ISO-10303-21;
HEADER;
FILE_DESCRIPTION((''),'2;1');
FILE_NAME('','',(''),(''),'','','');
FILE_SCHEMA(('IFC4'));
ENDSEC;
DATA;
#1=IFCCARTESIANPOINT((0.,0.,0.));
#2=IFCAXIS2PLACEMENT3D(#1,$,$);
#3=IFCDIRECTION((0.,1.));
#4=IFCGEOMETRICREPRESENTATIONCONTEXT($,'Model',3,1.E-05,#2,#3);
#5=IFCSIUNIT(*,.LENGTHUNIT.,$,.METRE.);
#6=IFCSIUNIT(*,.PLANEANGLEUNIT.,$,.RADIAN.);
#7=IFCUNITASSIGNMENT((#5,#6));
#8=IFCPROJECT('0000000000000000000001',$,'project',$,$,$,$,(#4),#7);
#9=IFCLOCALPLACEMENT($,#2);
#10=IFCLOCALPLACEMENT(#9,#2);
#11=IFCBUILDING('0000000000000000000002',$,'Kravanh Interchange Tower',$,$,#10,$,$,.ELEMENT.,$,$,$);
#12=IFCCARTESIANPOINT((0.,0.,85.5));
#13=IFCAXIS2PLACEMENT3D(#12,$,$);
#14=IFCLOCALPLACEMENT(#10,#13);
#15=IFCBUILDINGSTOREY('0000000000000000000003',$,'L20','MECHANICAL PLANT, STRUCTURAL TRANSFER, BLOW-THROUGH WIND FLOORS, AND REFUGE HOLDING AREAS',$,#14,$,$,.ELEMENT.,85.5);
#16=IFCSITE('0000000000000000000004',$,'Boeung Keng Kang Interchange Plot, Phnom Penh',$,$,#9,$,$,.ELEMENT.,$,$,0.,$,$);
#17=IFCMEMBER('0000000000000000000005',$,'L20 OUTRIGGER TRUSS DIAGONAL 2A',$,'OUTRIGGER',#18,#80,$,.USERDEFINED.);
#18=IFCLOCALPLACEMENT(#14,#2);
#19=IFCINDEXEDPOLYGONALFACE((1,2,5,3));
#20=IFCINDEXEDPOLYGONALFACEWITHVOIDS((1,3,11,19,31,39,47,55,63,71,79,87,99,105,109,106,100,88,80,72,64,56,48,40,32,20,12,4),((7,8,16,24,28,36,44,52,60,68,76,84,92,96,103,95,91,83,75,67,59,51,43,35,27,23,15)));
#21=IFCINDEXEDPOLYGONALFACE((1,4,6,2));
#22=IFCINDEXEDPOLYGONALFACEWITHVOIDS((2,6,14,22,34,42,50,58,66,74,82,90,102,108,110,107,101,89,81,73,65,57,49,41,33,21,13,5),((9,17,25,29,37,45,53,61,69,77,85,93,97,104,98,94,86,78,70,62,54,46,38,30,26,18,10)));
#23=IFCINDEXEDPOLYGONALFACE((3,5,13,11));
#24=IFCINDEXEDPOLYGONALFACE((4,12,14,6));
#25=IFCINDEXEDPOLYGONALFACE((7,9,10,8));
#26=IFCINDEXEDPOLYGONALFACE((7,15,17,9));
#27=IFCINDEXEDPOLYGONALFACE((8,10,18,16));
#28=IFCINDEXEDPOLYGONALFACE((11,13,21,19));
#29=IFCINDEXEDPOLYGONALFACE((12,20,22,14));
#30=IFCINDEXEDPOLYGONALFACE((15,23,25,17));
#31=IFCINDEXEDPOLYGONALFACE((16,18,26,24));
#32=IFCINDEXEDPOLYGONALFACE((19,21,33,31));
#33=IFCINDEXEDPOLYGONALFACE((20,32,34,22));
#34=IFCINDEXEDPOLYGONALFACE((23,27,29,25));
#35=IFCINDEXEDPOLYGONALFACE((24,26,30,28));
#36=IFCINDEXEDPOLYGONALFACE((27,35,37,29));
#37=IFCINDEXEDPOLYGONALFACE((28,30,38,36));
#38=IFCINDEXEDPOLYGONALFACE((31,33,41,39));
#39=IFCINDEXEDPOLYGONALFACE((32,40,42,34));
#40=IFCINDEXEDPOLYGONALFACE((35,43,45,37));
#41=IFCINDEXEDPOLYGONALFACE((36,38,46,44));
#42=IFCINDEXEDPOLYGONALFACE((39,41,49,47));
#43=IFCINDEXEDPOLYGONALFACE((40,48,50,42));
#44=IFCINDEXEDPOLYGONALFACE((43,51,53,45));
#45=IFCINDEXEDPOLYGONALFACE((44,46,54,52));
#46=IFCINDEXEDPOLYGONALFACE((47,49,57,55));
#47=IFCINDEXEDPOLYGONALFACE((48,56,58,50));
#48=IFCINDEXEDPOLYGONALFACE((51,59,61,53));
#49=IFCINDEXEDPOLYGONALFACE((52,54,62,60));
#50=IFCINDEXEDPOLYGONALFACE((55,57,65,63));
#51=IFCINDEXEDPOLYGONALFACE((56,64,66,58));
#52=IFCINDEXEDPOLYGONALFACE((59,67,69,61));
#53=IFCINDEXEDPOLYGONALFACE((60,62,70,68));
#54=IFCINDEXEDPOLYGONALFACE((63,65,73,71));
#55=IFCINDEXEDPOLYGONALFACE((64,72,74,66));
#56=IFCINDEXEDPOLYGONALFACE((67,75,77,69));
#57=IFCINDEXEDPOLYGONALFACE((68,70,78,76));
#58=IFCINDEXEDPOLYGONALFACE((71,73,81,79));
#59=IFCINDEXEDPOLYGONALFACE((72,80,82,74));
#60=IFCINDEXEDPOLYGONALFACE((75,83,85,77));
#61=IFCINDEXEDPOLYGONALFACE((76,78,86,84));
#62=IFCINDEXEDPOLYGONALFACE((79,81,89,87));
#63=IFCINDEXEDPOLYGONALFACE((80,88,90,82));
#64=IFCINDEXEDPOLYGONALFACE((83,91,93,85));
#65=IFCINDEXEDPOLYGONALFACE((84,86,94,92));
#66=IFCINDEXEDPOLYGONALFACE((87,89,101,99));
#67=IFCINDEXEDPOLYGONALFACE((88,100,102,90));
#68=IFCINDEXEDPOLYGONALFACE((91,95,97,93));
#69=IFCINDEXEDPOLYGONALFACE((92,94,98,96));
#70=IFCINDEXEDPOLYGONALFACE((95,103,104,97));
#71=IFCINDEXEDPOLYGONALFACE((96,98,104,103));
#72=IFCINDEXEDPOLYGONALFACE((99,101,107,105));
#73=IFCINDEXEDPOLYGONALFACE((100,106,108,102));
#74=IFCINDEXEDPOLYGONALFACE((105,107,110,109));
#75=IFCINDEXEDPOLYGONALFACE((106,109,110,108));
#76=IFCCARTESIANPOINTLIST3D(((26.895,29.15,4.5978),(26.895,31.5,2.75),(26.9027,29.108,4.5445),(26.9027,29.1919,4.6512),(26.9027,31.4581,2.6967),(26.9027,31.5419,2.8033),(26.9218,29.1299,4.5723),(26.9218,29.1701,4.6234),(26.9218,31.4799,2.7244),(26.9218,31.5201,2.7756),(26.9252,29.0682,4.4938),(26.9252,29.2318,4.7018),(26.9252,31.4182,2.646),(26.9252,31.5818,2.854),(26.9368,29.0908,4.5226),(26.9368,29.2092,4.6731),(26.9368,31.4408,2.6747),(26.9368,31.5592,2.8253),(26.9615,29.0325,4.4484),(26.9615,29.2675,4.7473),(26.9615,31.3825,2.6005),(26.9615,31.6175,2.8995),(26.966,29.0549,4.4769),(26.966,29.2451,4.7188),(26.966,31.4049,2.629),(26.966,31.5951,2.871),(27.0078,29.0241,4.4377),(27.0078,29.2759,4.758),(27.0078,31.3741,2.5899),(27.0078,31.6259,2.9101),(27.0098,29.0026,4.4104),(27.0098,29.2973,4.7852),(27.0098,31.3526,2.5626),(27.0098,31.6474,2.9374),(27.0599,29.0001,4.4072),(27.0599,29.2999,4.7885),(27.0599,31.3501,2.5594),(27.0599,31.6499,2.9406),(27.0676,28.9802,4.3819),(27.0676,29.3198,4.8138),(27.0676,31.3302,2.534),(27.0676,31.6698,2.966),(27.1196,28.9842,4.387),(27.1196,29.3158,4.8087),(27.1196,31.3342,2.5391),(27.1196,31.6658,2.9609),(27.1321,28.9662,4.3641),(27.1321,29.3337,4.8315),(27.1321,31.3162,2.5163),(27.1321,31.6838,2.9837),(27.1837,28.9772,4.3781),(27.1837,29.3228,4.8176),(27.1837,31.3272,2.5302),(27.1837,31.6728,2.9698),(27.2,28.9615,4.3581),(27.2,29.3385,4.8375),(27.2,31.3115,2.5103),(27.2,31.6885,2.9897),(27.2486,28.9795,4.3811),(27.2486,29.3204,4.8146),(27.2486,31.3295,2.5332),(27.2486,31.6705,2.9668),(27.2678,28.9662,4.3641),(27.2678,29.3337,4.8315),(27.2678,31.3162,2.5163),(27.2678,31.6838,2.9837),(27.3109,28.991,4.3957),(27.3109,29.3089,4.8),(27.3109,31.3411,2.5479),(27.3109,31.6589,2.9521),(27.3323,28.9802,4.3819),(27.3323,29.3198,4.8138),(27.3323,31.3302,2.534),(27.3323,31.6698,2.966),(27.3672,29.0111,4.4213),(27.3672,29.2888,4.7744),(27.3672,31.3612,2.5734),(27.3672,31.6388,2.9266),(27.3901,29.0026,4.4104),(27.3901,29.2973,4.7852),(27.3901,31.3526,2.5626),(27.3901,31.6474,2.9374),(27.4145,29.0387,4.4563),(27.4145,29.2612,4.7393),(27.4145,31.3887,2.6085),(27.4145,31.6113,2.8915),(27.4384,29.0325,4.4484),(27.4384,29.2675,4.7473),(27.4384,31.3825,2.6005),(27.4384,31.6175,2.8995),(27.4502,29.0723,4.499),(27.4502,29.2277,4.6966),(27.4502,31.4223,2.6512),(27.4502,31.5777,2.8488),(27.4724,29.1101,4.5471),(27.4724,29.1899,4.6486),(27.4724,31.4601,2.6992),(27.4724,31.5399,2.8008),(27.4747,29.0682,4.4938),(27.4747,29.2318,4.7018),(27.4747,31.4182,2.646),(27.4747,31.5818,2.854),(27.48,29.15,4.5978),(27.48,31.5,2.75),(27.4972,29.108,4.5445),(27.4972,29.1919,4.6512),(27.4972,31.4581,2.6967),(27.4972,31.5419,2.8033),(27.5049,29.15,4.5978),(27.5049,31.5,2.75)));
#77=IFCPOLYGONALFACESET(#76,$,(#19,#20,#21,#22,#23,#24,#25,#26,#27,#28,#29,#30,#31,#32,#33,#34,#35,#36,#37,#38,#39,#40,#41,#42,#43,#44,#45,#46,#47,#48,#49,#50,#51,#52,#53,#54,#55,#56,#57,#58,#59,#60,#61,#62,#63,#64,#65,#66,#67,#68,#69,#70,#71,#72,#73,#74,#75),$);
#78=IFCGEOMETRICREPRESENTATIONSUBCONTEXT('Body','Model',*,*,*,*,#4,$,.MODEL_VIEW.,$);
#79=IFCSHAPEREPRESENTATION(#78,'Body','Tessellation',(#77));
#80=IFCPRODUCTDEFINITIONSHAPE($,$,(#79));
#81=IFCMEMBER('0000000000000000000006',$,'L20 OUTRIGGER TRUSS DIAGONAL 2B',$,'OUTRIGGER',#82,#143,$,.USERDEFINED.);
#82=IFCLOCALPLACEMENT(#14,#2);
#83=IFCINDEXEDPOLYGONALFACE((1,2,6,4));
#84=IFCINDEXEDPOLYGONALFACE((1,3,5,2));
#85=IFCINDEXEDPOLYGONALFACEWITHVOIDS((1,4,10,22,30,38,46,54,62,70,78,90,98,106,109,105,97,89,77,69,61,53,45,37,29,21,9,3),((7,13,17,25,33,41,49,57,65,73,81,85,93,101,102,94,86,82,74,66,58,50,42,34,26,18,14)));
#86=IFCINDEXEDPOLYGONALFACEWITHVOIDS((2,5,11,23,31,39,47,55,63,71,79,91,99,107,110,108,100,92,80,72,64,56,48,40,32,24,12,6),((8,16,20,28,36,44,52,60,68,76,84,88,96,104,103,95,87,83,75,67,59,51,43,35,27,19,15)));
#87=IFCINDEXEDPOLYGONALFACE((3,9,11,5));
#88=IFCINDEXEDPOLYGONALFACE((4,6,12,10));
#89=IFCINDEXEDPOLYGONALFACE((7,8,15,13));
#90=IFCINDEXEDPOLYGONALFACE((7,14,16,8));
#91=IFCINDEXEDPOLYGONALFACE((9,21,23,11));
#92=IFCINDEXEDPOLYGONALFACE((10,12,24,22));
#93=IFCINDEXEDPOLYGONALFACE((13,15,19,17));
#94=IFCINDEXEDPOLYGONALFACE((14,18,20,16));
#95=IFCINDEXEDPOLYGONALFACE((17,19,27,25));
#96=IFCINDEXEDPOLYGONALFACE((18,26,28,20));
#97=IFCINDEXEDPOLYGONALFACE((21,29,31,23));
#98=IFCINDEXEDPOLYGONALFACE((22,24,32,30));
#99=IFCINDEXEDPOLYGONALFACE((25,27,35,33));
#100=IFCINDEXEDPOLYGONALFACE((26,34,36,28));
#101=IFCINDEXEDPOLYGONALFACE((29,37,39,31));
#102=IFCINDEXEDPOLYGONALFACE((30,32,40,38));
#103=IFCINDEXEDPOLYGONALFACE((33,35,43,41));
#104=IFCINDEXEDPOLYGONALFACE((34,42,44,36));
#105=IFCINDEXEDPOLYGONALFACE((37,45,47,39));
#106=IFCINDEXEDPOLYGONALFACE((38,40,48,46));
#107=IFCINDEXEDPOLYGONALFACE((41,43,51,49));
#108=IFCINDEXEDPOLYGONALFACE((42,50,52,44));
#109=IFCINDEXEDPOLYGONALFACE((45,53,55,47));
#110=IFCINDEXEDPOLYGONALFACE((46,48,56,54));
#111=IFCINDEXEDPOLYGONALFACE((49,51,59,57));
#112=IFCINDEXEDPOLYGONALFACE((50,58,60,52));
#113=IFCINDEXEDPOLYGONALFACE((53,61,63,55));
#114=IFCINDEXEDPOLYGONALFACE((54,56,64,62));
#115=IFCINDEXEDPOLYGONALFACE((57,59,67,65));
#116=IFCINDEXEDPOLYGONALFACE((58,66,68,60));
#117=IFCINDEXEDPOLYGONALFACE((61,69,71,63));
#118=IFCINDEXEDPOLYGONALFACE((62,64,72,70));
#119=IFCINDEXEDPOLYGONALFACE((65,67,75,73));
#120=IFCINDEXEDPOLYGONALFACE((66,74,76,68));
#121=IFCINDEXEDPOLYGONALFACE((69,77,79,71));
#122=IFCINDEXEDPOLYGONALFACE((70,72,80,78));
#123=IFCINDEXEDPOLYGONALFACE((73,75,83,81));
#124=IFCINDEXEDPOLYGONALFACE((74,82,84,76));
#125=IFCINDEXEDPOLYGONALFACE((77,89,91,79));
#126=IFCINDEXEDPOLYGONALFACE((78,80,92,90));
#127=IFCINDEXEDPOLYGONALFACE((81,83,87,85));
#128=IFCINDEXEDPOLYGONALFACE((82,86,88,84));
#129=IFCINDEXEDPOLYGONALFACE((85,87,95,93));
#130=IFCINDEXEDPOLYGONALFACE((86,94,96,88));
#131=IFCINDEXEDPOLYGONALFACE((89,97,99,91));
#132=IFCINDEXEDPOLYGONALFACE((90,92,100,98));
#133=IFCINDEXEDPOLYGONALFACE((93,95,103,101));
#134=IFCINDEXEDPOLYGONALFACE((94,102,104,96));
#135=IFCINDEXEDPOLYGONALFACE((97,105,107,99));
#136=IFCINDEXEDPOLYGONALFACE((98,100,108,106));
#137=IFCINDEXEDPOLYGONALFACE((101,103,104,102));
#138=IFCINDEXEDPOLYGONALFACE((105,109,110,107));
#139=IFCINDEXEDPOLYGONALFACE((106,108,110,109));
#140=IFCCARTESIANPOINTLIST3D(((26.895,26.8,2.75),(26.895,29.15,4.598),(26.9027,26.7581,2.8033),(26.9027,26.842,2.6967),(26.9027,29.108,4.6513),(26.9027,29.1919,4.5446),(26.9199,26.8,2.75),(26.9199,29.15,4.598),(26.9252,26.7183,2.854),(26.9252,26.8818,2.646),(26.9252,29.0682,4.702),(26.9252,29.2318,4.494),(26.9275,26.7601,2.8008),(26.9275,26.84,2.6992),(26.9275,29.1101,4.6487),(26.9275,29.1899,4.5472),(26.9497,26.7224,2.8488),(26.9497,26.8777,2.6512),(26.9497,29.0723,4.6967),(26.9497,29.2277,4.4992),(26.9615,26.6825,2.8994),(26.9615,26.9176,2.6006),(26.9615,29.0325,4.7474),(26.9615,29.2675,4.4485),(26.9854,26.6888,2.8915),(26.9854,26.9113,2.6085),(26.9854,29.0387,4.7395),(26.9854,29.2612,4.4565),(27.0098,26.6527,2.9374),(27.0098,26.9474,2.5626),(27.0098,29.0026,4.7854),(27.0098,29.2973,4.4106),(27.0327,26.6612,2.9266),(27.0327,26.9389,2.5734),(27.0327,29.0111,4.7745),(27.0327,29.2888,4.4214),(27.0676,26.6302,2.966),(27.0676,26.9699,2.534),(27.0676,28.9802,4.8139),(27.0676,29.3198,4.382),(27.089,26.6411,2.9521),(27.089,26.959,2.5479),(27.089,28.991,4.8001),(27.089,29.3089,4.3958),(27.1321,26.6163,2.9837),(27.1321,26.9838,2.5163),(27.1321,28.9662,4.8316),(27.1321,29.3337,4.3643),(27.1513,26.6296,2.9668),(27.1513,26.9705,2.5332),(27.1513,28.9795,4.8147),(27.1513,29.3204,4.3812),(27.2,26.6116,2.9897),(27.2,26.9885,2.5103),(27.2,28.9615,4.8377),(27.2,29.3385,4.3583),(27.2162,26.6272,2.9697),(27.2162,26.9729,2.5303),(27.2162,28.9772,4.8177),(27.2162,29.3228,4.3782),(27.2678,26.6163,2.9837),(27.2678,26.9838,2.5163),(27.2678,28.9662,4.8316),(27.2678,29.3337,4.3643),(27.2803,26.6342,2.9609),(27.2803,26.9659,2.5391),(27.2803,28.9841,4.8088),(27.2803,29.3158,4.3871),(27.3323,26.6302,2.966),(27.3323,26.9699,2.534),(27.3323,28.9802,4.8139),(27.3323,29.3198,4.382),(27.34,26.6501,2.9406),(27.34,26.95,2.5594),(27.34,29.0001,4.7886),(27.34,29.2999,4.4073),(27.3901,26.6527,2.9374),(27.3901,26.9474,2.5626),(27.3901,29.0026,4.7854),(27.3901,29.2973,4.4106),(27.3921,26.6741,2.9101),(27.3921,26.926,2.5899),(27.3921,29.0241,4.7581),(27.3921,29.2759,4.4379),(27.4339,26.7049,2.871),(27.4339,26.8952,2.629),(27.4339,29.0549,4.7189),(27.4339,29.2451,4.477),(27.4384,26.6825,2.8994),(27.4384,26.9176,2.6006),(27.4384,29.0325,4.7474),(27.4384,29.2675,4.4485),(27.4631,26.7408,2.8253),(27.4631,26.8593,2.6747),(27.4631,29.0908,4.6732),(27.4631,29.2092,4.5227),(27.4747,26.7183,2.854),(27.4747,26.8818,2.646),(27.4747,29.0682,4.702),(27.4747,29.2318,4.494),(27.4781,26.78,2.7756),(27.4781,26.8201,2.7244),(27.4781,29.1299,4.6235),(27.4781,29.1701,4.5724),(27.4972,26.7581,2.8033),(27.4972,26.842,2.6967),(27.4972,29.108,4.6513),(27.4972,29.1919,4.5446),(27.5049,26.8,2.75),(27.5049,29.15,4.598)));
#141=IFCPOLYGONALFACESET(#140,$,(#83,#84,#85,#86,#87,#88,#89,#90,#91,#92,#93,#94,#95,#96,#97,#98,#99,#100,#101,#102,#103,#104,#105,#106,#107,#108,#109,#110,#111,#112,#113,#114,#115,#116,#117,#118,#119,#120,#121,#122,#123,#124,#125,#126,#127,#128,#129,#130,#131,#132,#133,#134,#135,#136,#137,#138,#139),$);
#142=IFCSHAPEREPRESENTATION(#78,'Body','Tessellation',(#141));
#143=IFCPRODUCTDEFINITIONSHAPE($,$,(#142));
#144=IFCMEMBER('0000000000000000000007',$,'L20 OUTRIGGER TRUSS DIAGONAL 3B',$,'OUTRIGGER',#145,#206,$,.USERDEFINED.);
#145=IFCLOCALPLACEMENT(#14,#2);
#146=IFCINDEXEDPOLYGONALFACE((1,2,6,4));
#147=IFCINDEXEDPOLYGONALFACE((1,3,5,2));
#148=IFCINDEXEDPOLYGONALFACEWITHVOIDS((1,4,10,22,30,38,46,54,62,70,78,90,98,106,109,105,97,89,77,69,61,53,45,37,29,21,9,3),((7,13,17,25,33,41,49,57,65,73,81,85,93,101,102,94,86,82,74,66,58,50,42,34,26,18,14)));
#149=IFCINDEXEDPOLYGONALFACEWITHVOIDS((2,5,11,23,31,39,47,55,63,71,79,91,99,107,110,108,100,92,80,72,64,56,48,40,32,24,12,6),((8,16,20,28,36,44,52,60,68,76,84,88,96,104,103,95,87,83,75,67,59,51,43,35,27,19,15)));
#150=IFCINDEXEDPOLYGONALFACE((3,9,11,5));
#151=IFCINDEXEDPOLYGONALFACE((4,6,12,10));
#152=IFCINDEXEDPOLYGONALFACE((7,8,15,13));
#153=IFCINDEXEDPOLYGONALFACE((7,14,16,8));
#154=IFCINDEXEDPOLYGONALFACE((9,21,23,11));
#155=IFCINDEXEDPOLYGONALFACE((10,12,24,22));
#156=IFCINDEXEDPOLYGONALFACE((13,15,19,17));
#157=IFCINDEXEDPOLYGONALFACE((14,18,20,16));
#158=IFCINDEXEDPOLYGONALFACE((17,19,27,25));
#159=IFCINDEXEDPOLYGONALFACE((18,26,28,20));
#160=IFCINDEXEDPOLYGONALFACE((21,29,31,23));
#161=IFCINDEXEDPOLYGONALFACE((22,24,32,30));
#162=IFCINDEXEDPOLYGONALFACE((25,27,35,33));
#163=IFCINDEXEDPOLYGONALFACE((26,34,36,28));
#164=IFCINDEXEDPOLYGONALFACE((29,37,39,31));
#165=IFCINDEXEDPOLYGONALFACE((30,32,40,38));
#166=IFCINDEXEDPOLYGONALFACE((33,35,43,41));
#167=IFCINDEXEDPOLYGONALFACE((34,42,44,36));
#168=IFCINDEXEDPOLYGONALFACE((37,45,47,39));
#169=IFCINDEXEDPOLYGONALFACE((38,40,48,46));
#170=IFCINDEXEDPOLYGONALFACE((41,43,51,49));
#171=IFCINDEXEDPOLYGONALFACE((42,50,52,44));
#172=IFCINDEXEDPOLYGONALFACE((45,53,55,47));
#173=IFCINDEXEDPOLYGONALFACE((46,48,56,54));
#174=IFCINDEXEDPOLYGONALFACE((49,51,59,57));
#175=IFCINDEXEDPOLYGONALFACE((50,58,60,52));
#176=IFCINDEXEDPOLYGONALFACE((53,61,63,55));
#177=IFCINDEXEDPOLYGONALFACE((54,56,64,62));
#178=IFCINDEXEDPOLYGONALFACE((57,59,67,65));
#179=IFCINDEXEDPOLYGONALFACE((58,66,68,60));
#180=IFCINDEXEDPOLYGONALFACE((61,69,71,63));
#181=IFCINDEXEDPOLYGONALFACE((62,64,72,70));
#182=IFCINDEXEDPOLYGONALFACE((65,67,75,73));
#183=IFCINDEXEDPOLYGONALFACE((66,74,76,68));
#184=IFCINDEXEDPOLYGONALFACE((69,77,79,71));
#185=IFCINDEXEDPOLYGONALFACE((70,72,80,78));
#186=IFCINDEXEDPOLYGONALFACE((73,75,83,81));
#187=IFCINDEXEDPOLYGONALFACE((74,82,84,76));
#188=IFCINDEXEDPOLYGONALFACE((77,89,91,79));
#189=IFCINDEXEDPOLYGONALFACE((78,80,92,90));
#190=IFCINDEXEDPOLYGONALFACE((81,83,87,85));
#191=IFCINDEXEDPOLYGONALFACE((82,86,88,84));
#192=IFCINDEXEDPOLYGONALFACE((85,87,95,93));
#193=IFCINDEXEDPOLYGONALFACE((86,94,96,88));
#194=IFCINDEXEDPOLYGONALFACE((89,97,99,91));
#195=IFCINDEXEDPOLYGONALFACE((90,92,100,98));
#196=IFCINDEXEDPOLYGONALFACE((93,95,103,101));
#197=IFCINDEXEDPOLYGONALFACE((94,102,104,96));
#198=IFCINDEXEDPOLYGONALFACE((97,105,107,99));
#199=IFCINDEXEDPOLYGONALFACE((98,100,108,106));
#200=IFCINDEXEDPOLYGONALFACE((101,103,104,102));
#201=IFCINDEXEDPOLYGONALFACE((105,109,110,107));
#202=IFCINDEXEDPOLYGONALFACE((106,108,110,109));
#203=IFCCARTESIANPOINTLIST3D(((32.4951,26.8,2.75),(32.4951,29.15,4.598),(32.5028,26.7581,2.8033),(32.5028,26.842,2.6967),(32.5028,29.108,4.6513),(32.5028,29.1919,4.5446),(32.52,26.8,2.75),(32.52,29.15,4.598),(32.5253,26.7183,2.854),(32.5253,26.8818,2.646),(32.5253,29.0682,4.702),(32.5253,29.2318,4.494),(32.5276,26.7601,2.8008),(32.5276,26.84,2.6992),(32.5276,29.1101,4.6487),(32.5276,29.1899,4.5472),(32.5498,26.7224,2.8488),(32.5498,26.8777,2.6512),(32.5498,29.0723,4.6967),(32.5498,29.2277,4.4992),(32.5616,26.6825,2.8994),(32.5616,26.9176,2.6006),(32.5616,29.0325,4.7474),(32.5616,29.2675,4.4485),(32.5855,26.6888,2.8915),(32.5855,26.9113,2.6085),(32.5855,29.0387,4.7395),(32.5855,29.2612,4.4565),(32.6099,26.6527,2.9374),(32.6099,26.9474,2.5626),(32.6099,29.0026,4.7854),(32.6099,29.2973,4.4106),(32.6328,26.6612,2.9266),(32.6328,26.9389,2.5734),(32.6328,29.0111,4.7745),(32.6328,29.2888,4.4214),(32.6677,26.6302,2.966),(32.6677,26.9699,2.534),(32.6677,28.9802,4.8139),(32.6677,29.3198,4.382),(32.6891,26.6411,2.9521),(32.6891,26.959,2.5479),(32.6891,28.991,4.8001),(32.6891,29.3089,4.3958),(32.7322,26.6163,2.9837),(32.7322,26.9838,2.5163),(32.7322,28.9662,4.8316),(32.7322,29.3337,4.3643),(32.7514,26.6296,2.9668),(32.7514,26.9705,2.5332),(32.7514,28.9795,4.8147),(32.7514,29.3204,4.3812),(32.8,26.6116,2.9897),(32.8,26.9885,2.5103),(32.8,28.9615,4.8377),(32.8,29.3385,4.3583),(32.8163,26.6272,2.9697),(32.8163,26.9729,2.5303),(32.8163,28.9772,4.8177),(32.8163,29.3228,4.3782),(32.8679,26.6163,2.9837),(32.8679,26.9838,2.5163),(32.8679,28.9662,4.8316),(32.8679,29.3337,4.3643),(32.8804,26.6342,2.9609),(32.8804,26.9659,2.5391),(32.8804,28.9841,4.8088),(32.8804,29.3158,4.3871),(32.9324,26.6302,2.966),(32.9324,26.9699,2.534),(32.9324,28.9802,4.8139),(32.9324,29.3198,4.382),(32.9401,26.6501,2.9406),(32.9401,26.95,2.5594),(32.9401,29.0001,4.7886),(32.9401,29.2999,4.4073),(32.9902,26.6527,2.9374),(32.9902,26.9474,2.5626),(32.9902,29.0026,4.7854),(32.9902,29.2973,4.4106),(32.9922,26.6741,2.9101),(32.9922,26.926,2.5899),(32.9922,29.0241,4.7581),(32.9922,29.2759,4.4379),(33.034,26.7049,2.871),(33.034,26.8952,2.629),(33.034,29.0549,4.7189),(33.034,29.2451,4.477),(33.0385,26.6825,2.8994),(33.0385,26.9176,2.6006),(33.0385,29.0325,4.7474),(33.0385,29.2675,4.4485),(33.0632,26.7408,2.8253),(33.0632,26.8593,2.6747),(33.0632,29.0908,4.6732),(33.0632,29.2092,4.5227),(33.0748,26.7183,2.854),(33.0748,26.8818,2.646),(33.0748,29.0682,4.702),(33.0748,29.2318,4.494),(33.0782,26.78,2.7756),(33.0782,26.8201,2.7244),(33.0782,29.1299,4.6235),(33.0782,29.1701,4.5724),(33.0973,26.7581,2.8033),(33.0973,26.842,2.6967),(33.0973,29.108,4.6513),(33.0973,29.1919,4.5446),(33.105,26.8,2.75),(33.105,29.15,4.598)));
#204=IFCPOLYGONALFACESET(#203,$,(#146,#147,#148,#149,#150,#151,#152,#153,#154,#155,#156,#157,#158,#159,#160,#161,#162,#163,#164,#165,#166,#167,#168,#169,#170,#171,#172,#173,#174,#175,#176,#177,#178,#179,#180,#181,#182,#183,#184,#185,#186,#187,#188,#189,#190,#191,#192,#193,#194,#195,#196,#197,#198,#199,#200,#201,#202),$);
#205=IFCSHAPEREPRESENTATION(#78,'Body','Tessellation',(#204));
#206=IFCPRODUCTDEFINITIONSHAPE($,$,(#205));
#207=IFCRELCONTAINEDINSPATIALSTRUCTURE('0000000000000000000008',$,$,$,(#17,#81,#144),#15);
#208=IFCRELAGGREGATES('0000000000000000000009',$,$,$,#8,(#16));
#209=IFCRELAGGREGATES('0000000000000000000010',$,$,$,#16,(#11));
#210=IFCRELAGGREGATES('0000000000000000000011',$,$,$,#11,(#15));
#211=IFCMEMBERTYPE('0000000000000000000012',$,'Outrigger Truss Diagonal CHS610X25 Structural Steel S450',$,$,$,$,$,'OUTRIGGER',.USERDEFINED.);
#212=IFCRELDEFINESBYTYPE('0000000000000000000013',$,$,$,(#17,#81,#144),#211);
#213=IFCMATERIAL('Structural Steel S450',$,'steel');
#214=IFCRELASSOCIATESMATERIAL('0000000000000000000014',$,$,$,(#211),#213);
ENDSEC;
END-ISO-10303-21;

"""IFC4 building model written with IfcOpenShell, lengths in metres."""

from ifc_helpers import new_model, si_unit, direction, frame, origin, origin_2d, place, context, subcontext, project, spatial, hollow_circle, extrude, material, material_profile, profile_set, type_object, element, save


model = new_model("IFC4")

# Units and contexts
model_context = context("Model", 3, precision=1e-05, world=origin(), true_north=direction((0.0, 1.0)))
body_context = subcontext(model_context, "Body", "Model", "MODEL_VIEW")
ifc_project = project(units=[si_unit("LENGTHUNIT", "METRE"), si_unit("PLANEANGLEUNIT", "RADIAN")], contexts=[model_context])

# Site, building, storey
site_placement = place(None, origin())
site = spatial("IfcSite", under=ifc_project, at=site_placement, Name="Boeung Keng Kang Interchange Plot, Phnom Penh", CompositionType="ELEMENT", RefElevation=0.0)
building_placement = place(site_placement, origin())
building = spatial("IfcBuilding", under=site, at=building_placement, Name="Kravanh Interchange Tower", CompositionType="ELEMENT")
storey_placement = place(building_placement, frame((0.0, 0.0, 85.5)))
storey = spatial("IfcBuildingStorey", under=building, at=storey_placement, Name="L20", Description="MECHANICAL PLANT, STRUCTURAL TRANSFER, BLOW-THROUGH WIND FLOORS, AND REFUGE HOLDING AREAS", CompositionType="ELEMENT", Elevation=85.5)

# Members
ifc_material_1 = material(Name="Structural Steel S450", Category="steel")
ifc_material_profile_1 = material_profile(ifc_material_1, hollow_circle(Radius=0.3049, WallThickness=0.0249, at=origin_2d()), Name="CHS610X25")
ifc_profile_set_1 = profile_set([ifc_material_profile_1], Name="Structural Steel S450")
member_type_1 = type_object("IfcMemberType", Name="Outrigger Truss Diagonal CHS610X25 Structural Steel S450", ElementType="OUTRIGGER", PredefinedType="USERDEFINED", material=ifc_profile_set_1)
for number, where, z_axis, x_axis, name in (
    (1, (27.2, 31.5, 2.75), (0.0, -0.786092, 0.61811), (1.0, 0.0, 0.0), "L20 OUTRIGGER TRUSS DIAGONAL 2A"),
    (2, (27.2, 26.8, 2.75), (0.0, 0.78606, 0.61815), (-1.0, 0.0, 0.0), "L20 OUTRIGGER TRUSS DIAGONAL 2B"),
    (3, (32.8, 26.8, 2.75), (0.0, 0.78606, 0.61815), (-1.0, 0.0, 0.0), "L20 OUTRIGGER TRUSS DIAGONAL 3B"),
):
    element("IfcMember", number, at=place(storey_placement, frame(where, z_axis=z_axis, x_axis=x_axis)), inside=storey, type_object=member_type_1, Name=name, ObjectType="OUTRIGGER", PredefinedType="USERDEFINED", context=body_context, shape_type="SweptSolid", body=[
        extrude(hollow_circle(Radius=0.3049, WallThickness=0.0249, at=origin_2d()), origin(), (0.0, 0.0, 1.0), 2.9895),
    ])

save(model, "model.ifc")
